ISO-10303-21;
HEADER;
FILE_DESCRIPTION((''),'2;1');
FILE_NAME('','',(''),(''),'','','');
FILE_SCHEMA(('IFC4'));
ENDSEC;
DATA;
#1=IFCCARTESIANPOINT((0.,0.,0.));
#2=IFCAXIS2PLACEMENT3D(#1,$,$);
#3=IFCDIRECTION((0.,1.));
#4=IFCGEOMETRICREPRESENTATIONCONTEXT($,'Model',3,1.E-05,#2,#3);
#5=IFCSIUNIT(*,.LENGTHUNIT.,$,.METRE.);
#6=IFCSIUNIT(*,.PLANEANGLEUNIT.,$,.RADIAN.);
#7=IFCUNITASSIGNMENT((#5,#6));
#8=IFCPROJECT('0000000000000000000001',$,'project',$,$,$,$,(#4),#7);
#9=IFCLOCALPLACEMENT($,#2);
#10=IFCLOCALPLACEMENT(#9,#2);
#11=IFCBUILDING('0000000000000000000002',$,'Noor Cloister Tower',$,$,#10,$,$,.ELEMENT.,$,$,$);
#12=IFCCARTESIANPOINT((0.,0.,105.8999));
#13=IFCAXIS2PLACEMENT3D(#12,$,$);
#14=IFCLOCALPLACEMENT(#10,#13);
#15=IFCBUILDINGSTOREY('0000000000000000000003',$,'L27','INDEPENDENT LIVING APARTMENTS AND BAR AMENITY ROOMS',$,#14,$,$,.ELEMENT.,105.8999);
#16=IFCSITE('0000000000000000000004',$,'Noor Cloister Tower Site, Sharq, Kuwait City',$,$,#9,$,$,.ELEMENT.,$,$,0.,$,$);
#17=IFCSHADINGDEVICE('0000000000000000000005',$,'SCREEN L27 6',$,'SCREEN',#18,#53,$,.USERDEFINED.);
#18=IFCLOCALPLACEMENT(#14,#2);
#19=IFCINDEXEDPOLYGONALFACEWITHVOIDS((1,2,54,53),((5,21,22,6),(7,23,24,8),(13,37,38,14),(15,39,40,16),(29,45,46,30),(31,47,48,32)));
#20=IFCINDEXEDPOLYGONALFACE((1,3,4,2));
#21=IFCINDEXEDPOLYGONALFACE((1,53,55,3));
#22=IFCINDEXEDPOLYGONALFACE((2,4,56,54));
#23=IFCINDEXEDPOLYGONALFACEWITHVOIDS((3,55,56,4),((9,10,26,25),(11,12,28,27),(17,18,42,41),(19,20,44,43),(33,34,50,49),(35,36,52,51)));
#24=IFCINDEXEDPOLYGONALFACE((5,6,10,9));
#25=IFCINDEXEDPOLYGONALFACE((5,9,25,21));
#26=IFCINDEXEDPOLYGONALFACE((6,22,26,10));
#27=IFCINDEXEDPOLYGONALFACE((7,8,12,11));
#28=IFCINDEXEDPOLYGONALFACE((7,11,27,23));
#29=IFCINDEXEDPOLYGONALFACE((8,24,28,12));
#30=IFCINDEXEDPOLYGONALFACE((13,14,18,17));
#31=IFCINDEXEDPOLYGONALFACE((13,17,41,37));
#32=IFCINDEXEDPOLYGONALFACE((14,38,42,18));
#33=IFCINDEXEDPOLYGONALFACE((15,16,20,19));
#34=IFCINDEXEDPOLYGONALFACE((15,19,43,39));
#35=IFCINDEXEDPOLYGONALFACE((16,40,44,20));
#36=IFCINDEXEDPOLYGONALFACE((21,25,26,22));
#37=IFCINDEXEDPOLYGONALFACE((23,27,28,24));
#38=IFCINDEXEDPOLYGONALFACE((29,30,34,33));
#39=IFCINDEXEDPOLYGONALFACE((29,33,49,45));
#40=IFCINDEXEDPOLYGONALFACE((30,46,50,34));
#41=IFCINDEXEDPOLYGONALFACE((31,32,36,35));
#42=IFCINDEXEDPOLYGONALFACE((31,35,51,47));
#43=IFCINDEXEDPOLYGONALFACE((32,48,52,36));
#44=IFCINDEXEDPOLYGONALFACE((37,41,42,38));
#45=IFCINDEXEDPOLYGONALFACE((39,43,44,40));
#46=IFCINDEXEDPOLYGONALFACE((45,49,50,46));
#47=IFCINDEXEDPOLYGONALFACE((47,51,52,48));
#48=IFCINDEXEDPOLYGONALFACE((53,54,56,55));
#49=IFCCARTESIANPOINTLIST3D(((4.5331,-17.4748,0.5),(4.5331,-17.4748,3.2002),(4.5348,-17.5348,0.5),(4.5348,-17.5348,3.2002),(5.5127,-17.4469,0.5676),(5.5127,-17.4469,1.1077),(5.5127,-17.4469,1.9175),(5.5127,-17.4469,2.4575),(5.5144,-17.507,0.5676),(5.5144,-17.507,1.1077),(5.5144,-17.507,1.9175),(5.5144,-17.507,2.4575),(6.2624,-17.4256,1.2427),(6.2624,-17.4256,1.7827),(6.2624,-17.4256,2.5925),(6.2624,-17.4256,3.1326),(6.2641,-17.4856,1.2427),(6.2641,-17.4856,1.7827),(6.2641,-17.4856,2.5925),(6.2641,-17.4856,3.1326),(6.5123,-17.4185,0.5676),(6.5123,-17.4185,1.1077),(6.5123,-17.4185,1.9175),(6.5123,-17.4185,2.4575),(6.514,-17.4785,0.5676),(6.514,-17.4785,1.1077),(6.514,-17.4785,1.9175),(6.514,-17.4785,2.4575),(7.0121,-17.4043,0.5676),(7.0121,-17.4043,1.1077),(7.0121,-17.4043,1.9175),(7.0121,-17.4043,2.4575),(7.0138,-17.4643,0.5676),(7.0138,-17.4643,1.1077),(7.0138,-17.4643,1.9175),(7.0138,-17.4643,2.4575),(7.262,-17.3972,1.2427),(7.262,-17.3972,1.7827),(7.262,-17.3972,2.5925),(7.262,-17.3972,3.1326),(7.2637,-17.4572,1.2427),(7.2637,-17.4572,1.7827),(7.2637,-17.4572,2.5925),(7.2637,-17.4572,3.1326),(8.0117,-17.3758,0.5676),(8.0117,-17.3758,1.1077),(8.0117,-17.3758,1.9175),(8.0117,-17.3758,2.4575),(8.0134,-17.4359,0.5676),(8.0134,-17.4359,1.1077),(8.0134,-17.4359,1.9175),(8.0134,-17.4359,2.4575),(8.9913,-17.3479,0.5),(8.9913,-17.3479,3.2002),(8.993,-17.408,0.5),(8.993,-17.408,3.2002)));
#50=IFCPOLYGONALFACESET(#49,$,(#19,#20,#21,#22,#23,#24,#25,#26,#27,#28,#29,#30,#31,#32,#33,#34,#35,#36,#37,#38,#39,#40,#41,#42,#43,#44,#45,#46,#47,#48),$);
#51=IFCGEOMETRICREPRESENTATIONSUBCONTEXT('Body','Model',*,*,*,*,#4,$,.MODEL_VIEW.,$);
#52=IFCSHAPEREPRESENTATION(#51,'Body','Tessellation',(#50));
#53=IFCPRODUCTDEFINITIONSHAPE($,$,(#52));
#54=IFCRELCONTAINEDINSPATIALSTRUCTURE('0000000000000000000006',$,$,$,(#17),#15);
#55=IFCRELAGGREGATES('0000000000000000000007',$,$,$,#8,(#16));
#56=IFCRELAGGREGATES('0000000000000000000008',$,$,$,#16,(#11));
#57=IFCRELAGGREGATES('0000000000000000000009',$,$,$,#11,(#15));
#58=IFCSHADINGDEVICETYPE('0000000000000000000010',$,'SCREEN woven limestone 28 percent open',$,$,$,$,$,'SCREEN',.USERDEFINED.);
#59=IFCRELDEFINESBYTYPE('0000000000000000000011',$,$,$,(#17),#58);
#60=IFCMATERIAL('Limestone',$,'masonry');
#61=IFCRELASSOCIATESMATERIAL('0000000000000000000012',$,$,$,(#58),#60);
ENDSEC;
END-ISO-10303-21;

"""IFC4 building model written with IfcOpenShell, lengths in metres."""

from ifc_helpers import new_model, si_unit, direction, frame, origin, place, context, subcontext, project, spatial, polyline, outline, extrude, material, material_profile, profile_set, type_object, element, save


model = new_model("IFC4")

# Units and contexts
model_context = context("Model", 3, precision=1e-05, world=origin(), true_north=direction((0.0, 1.0)))
body_context = subcontext(model_context, "Body", "Model", "MODEL_VIEW")
ifc_project = project(units=[si_unit("LENGTHUNIT", "METRE"), si_unit("PLANEANGLEUNIT", "RADIAN")], contexts=[model_context])

# Site, building, storey
site_placement = place(None, origin())
site = spatial("IfcSite", under=ifc_project, at=site_placement, Name="Noor Cloister Tower Site, Sharq, Kuwait City", CompositionType="ELEMENT", RefElevation=0.0)
building_placement = place(site_placement, origin())
building = spatial("IfcBuilding", under=site, at=building_placement, Name="Noor Cloister Tower", CompositionType="ELEMENT")
storey_placement = place(building_placement, frame((0.0, 0.0, 105.8999)))
storey = spatial("IfcBuildingStorey", under=building, at=storey_placement, Name="L27", Description="INDEPENDENT LIVING APARTMENTS AND BAR AMENITY ROOMS", CompositionType="ELEMENT", Elevation=105.8999)

# Shading device
ifc_material_1 = material(Name="Limestone", Category="masonry")
ifc_material_profile_1 = material_profile(ifc_material_1, outline(polyline([(-2.23, -1.3501), (2.23, -1.3501), (2.23, 1.3501), (-2.23, 1.3501), (-2.23, -1.3501)]), holes=[polyline([(-1.25, -1.2825), (-0.25, -1.2825), (-0.25, -0.7424), (-1.25, -0.7424), (-1.25, -1.2825)]), polyline([(0.25, -1.2825), (1.25, -1.2825), (1.25, -0.7424), (0.25, -0.7424), (0.25, -1.2825)]), polyline([(-0.5, -0.6074), (0.5, -0.6074), (0.5, -0.0674), (-0.5, -0.0674), (-0.5, -0.6074)]), polyline([(-1.25, 0.0674), (-0.25, 0.0674), (-0.25, 0.6074), (-1.25, 0.6074), (-1.25, 0.0674)]), polyline([(0.25, 0.0674), (1.25, 0.0674), (1.25, 0.6074), (0.25, 0.6074), (0.25, 0.0674)]), polyline([(-0.5, 0.7424), (0.5, 0.7424), (0.5, 1.2825), (-0.5, 1.2825), (-0.5, 0.7424)])]), Name="Woven screen 28 percent open")
ifc_profile_set_1 = profile_set([ifc_material_profile_1], Name="Limestone")
shading_device_type = type_object("IfcShadingDeviceType", Name="SCREEN woven limestone 28 percent open", ElementType="SCREEN", PredefinedType="USERDEFINED", material=ifc_profile_set_1)
shading_device_1_placement = place(storey_placement, frame((6.7622, -17.4114, 1.8501), z_axis=(0.028444, -0.999595, 0.0), x_axis=(0.999595, 0.028444, 0.0)))
element("IfcShadingDevice", 1, at=shading_device_1_placement, inside=storey, type_object=shading_device_type, Name="SCREEN L27 6", ObjectType="SCREEN", PredefinedType="USERDEFINED", context=body_context, shape_type="SweptSolid", body=[
    extrude(outline(polyline([(-2.23, -1.3501), (2.23, -1.3501), (2.23, 1.3501), (-2.23, 1.3501), (-2.23, -1.3501)]), holes=[polyline([(-1.25, -1.2825), (-0.25, -1.2825), (-0.25, -0.7424), (-1.25, -0.7424), (-1.25, -1.2825)]), polyline([(0.25, -1.2825), (1.25, -1.2825), (1.25, -0.7424), (0.25, -0.7424), (0.25, -1.2825)]), polyline([(-0.5, -0.6074), (0.5, -0.6074), (0.5, -0.0674), (-0.5, -0.0674), (-0.5, -0.6074)]), polyline([(-1.25, 0.0674), (-0.25, 0.0674), (-0.25, 0.6074), (-1.25, 0.6074), (-1.25, 0.0674)]), polyline([(0.25, 0.0674), (1.25, 0.0674), (1.25, 0.6074), (0.25, 0.6074), (0.25, 0.0674)]), polyline([(-0.5, 0.7424), (0.5, 0.7424), (0.5, 1.2825), (-0.5, 1.2825), (-0.5, 0.7424)])]), origin(), (0.0, 0.0, 1.0), 0.0601),
])

save(model, "model.ifc")
